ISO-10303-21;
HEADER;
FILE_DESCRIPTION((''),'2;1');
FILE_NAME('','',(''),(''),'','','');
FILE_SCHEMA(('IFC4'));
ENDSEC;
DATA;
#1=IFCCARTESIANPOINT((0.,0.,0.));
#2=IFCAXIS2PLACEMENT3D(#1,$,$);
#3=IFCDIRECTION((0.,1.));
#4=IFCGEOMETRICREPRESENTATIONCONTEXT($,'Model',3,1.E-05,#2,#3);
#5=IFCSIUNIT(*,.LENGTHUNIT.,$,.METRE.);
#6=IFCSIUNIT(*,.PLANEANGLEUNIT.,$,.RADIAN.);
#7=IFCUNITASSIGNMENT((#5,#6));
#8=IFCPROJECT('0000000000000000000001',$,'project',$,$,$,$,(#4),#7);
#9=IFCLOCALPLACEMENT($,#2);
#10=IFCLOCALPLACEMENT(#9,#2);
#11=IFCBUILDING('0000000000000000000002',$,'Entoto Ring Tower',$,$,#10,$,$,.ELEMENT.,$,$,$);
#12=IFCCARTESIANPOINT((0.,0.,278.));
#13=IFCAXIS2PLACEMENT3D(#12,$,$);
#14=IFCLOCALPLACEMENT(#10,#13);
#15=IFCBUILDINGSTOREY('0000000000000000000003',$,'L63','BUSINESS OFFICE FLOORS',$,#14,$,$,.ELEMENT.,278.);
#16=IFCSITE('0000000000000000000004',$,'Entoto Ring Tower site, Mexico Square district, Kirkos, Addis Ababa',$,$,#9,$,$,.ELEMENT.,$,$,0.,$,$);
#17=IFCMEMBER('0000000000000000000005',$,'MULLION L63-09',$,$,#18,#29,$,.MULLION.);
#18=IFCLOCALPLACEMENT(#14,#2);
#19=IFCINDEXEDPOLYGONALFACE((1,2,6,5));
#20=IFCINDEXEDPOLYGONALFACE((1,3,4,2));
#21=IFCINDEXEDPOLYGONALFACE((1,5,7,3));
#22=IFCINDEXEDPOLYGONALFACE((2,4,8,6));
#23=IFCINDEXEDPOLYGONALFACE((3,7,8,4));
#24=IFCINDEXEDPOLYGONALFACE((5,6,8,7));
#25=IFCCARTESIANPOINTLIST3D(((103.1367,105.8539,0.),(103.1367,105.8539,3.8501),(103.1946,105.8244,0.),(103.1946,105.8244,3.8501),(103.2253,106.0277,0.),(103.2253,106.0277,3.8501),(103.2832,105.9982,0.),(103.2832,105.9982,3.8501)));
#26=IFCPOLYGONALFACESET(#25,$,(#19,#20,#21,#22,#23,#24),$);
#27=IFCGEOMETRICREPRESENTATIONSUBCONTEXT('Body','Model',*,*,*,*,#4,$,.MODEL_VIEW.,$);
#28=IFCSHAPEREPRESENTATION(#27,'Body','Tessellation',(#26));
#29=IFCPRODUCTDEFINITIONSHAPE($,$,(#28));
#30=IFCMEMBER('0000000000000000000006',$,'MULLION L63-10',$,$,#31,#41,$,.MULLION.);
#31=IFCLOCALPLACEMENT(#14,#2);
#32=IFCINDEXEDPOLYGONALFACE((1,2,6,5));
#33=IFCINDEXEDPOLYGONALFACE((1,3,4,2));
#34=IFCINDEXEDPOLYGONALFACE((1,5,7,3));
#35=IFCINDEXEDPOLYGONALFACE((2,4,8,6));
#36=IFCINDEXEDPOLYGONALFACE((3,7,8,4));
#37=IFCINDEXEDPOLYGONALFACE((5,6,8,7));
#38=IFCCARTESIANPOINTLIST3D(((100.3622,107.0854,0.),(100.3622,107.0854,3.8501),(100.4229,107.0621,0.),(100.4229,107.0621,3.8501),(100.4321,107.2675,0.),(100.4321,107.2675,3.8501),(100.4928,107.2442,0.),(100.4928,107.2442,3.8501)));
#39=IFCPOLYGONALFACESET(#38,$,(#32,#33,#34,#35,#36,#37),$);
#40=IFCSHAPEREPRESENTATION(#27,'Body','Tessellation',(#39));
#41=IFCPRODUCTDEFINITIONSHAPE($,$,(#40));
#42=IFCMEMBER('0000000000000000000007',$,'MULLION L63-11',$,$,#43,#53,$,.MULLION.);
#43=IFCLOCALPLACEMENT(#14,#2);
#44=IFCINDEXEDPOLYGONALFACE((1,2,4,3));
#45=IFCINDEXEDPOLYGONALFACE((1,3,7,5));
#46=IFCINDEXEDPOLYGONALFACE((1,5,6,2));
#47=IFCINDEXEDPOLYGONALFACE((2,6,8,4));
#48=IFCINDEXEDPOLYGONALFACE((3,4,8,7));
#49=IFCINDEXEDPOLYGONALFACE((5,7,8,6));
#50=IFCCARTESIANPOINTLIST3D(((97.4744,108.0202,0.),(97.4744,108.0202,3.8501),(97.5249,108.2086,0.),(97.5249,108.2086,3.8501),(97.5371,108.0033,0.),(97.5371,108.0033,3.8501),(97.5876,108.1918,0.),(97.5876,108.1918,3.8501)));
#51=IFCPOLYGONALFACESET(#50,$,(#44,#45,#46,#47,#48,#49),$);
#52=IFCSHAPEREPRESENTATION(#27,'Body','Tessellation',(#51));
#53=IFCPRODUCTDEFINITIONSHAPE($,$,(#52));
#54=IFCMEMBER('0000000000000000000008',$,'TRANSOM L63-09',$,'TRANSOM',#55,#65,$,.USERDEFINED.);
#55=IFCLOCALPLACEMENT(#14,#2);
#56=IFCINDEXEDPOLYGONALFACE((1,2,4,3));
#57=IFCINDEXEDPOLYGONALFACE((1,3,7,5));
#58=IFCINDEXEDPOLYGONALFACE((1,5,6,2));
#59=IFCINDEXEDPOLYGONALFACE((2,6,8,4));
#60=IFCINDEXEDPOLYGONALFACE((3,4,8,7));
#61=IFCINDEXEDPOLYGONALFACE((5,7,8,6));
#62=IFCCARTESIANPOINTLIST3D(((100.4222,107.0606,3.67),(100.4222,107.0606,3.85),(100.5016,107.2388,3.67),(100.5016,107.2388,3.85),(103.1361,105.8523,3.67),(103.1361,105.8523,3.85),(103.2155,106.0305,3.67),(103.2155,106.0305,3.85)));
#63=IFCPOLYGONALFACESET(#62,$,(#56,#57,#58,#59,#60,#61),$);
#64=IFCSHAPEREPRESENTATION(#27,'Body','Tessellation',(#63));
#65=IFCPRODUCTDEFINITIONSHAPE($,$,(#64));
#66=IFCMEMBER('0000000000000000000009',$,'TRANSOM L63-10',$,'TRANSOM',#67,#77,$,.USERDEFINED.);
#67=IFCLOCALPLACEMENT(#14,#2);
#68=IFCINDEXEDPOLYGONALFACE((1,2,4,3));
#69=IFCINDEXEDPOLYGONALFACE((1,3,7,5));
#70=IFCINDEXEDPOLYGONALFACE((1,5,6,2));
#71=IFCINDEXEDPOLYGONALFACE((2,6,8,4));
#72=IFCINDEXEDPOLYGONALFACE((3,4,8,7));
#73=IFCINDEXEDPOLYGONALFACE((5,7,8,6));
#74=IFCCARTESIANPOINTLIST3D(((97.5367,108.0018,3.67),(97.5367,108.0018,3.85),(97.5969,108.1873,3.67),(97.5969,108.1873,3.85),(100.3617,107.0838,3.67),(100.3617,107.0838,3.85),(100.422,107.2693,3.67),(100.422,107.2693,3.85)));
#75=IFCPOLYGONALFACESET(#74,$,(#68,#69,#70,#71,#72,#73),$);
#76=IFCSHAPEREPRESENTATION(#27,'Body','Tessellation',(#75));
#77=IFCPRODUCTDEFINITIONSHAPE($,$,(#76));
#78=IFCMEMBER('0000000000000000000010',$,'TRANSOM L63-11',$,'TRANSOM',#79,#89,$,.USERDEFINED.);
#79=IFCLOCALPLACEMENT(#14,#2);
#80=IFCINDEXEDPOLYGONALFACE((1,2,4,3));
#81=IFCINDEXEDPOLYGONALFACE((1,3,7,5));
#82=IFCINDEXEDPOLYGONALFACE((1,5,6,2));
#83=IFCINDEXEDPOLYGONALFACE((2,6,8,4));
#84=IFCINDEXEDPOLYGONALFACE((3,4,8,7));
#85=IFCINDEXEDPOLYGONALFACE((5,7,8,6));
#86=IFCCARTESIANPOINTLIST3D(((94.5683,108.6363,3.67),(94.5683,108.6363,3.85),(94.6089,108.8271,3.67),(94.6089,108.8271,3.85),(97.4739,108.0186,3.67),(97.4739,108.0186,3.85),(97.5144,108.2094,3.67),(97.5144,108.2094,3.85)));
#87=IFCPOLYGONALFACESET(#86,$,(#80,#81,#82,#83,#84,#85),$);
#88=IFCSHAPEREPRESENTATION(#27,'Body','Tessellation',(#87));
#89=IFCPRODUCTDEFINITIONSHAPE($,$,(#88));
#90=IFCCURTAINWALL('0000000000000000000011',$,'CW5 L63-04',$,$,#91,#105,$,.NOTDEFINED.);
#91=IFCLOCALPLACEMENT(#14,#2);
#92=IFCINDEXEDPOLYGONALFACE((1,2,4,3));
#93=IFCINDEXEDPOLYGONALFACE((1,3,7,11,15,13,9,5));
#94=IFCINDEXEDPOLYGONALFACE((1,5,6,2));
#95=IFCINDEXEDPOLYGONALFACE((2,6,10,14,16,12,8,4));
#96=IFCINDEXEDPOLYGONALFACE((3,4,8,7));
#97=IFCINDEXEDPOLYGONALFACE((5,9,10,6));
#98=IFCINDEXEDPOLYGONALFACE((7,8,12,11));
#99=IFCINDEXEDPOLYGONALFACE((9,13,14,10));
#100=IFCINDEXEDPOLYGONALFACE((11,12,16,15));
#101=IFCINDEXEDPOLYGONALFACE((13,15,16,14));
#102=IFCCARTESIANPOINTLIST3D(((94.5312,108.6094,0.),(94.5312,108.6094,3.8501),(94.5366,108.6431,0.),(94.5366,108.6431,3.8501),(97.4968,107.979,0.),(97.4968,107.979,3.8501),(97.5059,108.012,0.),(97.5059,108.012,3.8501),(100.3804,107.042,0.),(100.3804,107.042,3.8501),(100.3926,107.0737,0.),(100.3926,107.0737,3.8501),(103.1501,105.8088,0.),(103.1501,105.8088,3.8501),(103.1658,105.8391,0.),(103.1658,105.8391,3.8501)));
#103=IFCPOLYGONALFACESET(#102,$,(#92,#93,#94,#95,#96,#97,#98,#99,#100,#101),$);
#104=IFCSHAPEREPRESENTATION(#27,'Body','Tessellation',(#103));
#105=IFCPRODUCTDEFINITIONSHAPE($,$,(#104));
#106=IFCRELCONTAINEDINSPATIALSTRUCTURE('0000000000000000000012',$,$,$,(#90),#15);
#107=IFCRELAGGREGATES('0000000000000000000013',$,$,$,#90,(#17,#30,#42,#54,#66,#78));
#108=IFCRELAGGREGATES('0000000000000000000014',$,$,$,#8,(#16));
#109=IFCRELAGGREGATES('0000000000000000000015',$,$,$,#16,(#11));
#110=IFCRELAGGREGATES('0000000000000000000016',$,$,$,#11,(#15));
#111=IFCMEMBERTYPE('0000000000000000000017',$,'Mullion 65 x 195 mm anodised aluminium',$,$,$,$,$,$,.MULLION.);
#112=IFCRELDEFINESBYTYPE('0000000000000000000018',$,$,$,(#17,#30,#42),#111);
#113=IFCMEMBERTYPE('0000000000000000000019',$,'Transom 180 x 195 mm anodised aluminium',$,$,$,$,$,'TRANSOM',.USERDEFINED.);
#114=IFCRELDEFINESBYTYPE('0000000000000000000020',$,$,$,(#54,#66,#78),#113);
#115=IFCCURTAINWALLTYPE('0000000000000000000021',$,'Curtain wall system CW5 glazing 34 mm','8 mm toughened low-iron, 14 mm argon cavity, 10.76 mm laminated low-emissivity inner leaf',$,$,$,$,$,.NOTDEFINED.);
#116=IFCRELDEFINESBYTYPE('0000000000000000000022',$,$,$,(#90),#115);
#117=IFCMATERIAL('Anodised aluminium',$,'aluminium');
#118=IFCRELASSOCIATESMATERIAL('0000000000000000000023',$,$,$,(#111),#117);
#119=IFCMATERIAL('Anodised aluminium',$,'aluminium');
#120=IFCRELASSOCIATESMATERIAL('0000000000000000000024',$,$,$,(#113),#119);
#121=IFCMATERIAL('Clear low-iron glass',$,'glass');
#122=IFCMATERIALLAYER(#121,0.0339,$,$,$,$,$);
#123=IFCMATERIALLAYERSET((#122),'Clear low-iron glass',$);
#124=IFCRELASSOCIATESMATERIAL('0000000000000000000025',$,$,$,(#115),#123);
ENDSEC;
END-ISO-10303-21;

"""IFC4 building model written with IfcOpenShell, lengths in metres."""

from ifc_helpers import new_model, si_unit, direction, frame, origin, origin_2d, place, context, subcontext, project, spatial, polyline, rectangle, outline, extrude, material, layer, layer_set, material_profile, profile_set, type_object, element, aggregate, save


model = new_model("IFC4")

# Units and contexts
model_context = context("Model", 3, precision=1e-05, world=origin(), true_north=direction((0.0, 1.0)))
body_context = subcontext(model_context, "Body", "Model", "MODEL_VIEW")
ifc_project = project(units=[si_unit("LENGTHUNIT", "METRE"), si_unit("PLANEANGLEUNIT", "RADIAN")], contexts=[model_context])

# Members
ifc_material_1 = material(Name="Anodised aluminium", Category="aluminium")
ifc_material_profile_1 = material_profile(ifc_material_1, rectangle(XDim=0.0649, YDim=0.1951, at=origin_2d()), Name="Mullion 65 x 195 mm anodised aluminium")
ifc_profile_set_1 = profile_set([ifc_material_profile_1], Name="Anodised aluminium")
member_type_1 = type_object("IfcMemberType", Name="Mullion 65 x 195 mm anodised aluminium", PredefinedType="MULLION", material=ifc_profile_set_1)
site_placement = place(None, origin())
building_placement = place(site_placement, origin())
storey_placement = place(building_placement, frame((0.0, 0.0, 278.0)))
member_1_placement = place(storey_placement, frame((103.21, 105.926, 0.0), z_axis=(0.0, 0.0, 1.0), x_axis=(-0.891007, 0.45399, 0.0)))
member_1 = element("IfcMember", 1, at=member_1_placement, type_object=member_type_1, Name="MULLION L63-09", PredefinedType="MULLION", context=body_context, shape_type="SweptSolid", body=[
    extrude(rectangle(XDim=0.0649, YDim=0.1951, at=origin_2d()), origin(), (0.0, 0.0, 1.0), 3.8501),
])
member_2_placement = place(storey_placement, frame((100.4275, 107.1648, 0.0), z_axis=(0.0, 0.0, 1.0), x_axis=(-0.93358, 0.358368, 0.0)))
member_2 = element("IfcMember", 2, at=member_2_placement, type_object=member_type_1, Name="MULLION L63-10", PredefinedType="MULLION", context=body_context, shape_type="SweptSolid", body=[
    extrude(rectangle(XDim=0.0649, YDim=0.1951, at=origin_2d()), origin(), (0.0, 0.0, 1.0), 3.8501),
])
member_3_placement = place(storey_placement, frame((97.531, 108.106, 0.0), z_axis=(0.0, 0.0, 1.0), x_axis=(-0.965926, 0.258819, 0.0)))
member_3 = element("IfcMember", 3, at=member_3_placement, type_object=member_type_1, Name="MULLION L63-11", PredefinedType="MULLION", context=body_context, shape_type="SweptSolid", body=[
    extrude(rectangle(XDim=0.0649, YDim=0.1951, at=origin_2d()), origin(), (0.0, 0.0, 1.0), 3.8501),
])
ifc_material_2 = material(Name="Anodised aluminium", Category="aluminium")
ifc_material_profile_2 = material_profile(ifc_material_2, rectangle(XDim=0.1951, YDim=0.1799, at=origin_2d()), Name="Transom 180 x 195 mm anodised aluminium")
ifc_profile_set_2 = profile_set([ifc_material_profile_2], Name="Anodised aluminium")
member_type_2 = type_object("IfcMemberType", Name="Transom 180 x 195 mm anodised aluminium", ElementType="TRANSOM", PredefinedType="USERDEFINED", material=ifc_profile_set_2)
member_4_placement = place(storey_placement, frame((103.1758, 105.9414, 3.76), z_axis=(-0.91355, 0.406726, 0.0), x_axis=(-0.406726, -0.91355, 0.0)))
member_4 = element("IfcMember", 4, at=member_4_placement, type_object=member_type_2, Name="TRANSOM L63-09", ObjectType="TRANSOM", PredefinedType="USERDEFINED", context=body_context, shape_type="SweptSolid", body=[
    extrude(rectangle(XDim=0.1951, YDim=0.1799, at=origin_2d()), origin(), (0.0, 0.0, 1.0), 2.9707),
])
member_5_placement = place(storey_placement, frame((100.3918, 107.1765, 3.76), z_axis=(-0.951048, 0.309043, 0.0), x_axis=(-0.309043, -0.951048, 0.0)))
member_5 = element("IfcMember", 5, at=member_5_placement, type_object=member_type_2, Name="TRANSOM L63-10", ObjectType="TRANSOM", PredefinedType="USERDEFINED", context=body_context, shape_type="SweptSolid", body=[
    extrude(rectangle(XDim=0.1951, YDim=0.1799, at=origin_2d()), origin(), (0.0, 0.0, 1.0), 2.9705),
])
member_6_placement = place(storey_placement, frame((97.4941, 108.114, 3.76), z_axis=(-0.978142, 0.20794, 0.0), x_axis=(-0.20794, -0.978142, 0.0)))
member_6 = element("IfcMember", 6, at=member_6_placement, type_object=member_type_2, Name="TRANSOM L63-11", ObjectType="TRANSOM", PredefinedType="USERDEFINED", context=body_context, shape_type="SweptSolid", body=[
    extrude(rectangle(XDim=0.1951, YDim=0.1799, at=origin_2d()), origin(), (0.0, 0.0, 1.0), 2.9705),
])

# Site, building, storey
site = spatial("IfcSite", under=ifc_project, at=site_placement, Name="Entoto Ring Tower site, Mexico Square district, Kirkos, Addis Ababa", CompositionType="ELEMENT", RefElevation=0.0)
building = spatial("IfcBuilding", under=site, at=building_placement, Name="Entoto Ring Tower", CompositionType="ELEMENT")
storey = spatial("IfcBuildingStorey", under=building, at=storey_placement, Name="L63", Description="BUSINESS OFFICE FLOORS", CompositionType="ELEMENT", Elevation=278.0)

# Curtain wall
ifc_material_3 = material(Name="Clear low-iron glass", Category="glass")
ifc_layer = layer(ifc_material_3, 0.0339)
ifc_layer_set = layer_set([ifc_layer], Name="Clear low-iron glass")
curtain_wall_type = type_object("IfcCurtainWallType", Name="Curtain wall system CW5 glazing 34 mm", Description="8 mm toughened low-iron, 14 mm argon cavity, 10.76 mm laminated low-emissivity inner leaf", PredefinedType="NOTDEFINED", material=ifc_layer_set)
curtain_wall_1_placement = place(storey_placement, origin())
curtain_wall_1 = element("IfcCurtainWall", 7, at=curtain_wall_1_placement, inside=storey, type_object=curtain_wall_type, Name="CW5 L63-04", PredefinedType="NOTDEFINED", context=body_context, shape_type="SweptSolid", body=[
    extrude(outline(polyline([(103.1658, 105.8391), (100.3926, 107.0737), (97.5059, 108.012), (94.5366, 108.6431), (94.5312, 108.6094), (97.4968, 107.979), (100.3804, 107.042), (103.1501, 105.8088), (103.1658, 105.8391)])), origin(), (0.0, 0.0, 1.0), 3.8501),
])
aggregate(curtain_wall_1, [member_1, member_2, member_3, member_4, member_5, member_6])

save(model, "model.ifc")
